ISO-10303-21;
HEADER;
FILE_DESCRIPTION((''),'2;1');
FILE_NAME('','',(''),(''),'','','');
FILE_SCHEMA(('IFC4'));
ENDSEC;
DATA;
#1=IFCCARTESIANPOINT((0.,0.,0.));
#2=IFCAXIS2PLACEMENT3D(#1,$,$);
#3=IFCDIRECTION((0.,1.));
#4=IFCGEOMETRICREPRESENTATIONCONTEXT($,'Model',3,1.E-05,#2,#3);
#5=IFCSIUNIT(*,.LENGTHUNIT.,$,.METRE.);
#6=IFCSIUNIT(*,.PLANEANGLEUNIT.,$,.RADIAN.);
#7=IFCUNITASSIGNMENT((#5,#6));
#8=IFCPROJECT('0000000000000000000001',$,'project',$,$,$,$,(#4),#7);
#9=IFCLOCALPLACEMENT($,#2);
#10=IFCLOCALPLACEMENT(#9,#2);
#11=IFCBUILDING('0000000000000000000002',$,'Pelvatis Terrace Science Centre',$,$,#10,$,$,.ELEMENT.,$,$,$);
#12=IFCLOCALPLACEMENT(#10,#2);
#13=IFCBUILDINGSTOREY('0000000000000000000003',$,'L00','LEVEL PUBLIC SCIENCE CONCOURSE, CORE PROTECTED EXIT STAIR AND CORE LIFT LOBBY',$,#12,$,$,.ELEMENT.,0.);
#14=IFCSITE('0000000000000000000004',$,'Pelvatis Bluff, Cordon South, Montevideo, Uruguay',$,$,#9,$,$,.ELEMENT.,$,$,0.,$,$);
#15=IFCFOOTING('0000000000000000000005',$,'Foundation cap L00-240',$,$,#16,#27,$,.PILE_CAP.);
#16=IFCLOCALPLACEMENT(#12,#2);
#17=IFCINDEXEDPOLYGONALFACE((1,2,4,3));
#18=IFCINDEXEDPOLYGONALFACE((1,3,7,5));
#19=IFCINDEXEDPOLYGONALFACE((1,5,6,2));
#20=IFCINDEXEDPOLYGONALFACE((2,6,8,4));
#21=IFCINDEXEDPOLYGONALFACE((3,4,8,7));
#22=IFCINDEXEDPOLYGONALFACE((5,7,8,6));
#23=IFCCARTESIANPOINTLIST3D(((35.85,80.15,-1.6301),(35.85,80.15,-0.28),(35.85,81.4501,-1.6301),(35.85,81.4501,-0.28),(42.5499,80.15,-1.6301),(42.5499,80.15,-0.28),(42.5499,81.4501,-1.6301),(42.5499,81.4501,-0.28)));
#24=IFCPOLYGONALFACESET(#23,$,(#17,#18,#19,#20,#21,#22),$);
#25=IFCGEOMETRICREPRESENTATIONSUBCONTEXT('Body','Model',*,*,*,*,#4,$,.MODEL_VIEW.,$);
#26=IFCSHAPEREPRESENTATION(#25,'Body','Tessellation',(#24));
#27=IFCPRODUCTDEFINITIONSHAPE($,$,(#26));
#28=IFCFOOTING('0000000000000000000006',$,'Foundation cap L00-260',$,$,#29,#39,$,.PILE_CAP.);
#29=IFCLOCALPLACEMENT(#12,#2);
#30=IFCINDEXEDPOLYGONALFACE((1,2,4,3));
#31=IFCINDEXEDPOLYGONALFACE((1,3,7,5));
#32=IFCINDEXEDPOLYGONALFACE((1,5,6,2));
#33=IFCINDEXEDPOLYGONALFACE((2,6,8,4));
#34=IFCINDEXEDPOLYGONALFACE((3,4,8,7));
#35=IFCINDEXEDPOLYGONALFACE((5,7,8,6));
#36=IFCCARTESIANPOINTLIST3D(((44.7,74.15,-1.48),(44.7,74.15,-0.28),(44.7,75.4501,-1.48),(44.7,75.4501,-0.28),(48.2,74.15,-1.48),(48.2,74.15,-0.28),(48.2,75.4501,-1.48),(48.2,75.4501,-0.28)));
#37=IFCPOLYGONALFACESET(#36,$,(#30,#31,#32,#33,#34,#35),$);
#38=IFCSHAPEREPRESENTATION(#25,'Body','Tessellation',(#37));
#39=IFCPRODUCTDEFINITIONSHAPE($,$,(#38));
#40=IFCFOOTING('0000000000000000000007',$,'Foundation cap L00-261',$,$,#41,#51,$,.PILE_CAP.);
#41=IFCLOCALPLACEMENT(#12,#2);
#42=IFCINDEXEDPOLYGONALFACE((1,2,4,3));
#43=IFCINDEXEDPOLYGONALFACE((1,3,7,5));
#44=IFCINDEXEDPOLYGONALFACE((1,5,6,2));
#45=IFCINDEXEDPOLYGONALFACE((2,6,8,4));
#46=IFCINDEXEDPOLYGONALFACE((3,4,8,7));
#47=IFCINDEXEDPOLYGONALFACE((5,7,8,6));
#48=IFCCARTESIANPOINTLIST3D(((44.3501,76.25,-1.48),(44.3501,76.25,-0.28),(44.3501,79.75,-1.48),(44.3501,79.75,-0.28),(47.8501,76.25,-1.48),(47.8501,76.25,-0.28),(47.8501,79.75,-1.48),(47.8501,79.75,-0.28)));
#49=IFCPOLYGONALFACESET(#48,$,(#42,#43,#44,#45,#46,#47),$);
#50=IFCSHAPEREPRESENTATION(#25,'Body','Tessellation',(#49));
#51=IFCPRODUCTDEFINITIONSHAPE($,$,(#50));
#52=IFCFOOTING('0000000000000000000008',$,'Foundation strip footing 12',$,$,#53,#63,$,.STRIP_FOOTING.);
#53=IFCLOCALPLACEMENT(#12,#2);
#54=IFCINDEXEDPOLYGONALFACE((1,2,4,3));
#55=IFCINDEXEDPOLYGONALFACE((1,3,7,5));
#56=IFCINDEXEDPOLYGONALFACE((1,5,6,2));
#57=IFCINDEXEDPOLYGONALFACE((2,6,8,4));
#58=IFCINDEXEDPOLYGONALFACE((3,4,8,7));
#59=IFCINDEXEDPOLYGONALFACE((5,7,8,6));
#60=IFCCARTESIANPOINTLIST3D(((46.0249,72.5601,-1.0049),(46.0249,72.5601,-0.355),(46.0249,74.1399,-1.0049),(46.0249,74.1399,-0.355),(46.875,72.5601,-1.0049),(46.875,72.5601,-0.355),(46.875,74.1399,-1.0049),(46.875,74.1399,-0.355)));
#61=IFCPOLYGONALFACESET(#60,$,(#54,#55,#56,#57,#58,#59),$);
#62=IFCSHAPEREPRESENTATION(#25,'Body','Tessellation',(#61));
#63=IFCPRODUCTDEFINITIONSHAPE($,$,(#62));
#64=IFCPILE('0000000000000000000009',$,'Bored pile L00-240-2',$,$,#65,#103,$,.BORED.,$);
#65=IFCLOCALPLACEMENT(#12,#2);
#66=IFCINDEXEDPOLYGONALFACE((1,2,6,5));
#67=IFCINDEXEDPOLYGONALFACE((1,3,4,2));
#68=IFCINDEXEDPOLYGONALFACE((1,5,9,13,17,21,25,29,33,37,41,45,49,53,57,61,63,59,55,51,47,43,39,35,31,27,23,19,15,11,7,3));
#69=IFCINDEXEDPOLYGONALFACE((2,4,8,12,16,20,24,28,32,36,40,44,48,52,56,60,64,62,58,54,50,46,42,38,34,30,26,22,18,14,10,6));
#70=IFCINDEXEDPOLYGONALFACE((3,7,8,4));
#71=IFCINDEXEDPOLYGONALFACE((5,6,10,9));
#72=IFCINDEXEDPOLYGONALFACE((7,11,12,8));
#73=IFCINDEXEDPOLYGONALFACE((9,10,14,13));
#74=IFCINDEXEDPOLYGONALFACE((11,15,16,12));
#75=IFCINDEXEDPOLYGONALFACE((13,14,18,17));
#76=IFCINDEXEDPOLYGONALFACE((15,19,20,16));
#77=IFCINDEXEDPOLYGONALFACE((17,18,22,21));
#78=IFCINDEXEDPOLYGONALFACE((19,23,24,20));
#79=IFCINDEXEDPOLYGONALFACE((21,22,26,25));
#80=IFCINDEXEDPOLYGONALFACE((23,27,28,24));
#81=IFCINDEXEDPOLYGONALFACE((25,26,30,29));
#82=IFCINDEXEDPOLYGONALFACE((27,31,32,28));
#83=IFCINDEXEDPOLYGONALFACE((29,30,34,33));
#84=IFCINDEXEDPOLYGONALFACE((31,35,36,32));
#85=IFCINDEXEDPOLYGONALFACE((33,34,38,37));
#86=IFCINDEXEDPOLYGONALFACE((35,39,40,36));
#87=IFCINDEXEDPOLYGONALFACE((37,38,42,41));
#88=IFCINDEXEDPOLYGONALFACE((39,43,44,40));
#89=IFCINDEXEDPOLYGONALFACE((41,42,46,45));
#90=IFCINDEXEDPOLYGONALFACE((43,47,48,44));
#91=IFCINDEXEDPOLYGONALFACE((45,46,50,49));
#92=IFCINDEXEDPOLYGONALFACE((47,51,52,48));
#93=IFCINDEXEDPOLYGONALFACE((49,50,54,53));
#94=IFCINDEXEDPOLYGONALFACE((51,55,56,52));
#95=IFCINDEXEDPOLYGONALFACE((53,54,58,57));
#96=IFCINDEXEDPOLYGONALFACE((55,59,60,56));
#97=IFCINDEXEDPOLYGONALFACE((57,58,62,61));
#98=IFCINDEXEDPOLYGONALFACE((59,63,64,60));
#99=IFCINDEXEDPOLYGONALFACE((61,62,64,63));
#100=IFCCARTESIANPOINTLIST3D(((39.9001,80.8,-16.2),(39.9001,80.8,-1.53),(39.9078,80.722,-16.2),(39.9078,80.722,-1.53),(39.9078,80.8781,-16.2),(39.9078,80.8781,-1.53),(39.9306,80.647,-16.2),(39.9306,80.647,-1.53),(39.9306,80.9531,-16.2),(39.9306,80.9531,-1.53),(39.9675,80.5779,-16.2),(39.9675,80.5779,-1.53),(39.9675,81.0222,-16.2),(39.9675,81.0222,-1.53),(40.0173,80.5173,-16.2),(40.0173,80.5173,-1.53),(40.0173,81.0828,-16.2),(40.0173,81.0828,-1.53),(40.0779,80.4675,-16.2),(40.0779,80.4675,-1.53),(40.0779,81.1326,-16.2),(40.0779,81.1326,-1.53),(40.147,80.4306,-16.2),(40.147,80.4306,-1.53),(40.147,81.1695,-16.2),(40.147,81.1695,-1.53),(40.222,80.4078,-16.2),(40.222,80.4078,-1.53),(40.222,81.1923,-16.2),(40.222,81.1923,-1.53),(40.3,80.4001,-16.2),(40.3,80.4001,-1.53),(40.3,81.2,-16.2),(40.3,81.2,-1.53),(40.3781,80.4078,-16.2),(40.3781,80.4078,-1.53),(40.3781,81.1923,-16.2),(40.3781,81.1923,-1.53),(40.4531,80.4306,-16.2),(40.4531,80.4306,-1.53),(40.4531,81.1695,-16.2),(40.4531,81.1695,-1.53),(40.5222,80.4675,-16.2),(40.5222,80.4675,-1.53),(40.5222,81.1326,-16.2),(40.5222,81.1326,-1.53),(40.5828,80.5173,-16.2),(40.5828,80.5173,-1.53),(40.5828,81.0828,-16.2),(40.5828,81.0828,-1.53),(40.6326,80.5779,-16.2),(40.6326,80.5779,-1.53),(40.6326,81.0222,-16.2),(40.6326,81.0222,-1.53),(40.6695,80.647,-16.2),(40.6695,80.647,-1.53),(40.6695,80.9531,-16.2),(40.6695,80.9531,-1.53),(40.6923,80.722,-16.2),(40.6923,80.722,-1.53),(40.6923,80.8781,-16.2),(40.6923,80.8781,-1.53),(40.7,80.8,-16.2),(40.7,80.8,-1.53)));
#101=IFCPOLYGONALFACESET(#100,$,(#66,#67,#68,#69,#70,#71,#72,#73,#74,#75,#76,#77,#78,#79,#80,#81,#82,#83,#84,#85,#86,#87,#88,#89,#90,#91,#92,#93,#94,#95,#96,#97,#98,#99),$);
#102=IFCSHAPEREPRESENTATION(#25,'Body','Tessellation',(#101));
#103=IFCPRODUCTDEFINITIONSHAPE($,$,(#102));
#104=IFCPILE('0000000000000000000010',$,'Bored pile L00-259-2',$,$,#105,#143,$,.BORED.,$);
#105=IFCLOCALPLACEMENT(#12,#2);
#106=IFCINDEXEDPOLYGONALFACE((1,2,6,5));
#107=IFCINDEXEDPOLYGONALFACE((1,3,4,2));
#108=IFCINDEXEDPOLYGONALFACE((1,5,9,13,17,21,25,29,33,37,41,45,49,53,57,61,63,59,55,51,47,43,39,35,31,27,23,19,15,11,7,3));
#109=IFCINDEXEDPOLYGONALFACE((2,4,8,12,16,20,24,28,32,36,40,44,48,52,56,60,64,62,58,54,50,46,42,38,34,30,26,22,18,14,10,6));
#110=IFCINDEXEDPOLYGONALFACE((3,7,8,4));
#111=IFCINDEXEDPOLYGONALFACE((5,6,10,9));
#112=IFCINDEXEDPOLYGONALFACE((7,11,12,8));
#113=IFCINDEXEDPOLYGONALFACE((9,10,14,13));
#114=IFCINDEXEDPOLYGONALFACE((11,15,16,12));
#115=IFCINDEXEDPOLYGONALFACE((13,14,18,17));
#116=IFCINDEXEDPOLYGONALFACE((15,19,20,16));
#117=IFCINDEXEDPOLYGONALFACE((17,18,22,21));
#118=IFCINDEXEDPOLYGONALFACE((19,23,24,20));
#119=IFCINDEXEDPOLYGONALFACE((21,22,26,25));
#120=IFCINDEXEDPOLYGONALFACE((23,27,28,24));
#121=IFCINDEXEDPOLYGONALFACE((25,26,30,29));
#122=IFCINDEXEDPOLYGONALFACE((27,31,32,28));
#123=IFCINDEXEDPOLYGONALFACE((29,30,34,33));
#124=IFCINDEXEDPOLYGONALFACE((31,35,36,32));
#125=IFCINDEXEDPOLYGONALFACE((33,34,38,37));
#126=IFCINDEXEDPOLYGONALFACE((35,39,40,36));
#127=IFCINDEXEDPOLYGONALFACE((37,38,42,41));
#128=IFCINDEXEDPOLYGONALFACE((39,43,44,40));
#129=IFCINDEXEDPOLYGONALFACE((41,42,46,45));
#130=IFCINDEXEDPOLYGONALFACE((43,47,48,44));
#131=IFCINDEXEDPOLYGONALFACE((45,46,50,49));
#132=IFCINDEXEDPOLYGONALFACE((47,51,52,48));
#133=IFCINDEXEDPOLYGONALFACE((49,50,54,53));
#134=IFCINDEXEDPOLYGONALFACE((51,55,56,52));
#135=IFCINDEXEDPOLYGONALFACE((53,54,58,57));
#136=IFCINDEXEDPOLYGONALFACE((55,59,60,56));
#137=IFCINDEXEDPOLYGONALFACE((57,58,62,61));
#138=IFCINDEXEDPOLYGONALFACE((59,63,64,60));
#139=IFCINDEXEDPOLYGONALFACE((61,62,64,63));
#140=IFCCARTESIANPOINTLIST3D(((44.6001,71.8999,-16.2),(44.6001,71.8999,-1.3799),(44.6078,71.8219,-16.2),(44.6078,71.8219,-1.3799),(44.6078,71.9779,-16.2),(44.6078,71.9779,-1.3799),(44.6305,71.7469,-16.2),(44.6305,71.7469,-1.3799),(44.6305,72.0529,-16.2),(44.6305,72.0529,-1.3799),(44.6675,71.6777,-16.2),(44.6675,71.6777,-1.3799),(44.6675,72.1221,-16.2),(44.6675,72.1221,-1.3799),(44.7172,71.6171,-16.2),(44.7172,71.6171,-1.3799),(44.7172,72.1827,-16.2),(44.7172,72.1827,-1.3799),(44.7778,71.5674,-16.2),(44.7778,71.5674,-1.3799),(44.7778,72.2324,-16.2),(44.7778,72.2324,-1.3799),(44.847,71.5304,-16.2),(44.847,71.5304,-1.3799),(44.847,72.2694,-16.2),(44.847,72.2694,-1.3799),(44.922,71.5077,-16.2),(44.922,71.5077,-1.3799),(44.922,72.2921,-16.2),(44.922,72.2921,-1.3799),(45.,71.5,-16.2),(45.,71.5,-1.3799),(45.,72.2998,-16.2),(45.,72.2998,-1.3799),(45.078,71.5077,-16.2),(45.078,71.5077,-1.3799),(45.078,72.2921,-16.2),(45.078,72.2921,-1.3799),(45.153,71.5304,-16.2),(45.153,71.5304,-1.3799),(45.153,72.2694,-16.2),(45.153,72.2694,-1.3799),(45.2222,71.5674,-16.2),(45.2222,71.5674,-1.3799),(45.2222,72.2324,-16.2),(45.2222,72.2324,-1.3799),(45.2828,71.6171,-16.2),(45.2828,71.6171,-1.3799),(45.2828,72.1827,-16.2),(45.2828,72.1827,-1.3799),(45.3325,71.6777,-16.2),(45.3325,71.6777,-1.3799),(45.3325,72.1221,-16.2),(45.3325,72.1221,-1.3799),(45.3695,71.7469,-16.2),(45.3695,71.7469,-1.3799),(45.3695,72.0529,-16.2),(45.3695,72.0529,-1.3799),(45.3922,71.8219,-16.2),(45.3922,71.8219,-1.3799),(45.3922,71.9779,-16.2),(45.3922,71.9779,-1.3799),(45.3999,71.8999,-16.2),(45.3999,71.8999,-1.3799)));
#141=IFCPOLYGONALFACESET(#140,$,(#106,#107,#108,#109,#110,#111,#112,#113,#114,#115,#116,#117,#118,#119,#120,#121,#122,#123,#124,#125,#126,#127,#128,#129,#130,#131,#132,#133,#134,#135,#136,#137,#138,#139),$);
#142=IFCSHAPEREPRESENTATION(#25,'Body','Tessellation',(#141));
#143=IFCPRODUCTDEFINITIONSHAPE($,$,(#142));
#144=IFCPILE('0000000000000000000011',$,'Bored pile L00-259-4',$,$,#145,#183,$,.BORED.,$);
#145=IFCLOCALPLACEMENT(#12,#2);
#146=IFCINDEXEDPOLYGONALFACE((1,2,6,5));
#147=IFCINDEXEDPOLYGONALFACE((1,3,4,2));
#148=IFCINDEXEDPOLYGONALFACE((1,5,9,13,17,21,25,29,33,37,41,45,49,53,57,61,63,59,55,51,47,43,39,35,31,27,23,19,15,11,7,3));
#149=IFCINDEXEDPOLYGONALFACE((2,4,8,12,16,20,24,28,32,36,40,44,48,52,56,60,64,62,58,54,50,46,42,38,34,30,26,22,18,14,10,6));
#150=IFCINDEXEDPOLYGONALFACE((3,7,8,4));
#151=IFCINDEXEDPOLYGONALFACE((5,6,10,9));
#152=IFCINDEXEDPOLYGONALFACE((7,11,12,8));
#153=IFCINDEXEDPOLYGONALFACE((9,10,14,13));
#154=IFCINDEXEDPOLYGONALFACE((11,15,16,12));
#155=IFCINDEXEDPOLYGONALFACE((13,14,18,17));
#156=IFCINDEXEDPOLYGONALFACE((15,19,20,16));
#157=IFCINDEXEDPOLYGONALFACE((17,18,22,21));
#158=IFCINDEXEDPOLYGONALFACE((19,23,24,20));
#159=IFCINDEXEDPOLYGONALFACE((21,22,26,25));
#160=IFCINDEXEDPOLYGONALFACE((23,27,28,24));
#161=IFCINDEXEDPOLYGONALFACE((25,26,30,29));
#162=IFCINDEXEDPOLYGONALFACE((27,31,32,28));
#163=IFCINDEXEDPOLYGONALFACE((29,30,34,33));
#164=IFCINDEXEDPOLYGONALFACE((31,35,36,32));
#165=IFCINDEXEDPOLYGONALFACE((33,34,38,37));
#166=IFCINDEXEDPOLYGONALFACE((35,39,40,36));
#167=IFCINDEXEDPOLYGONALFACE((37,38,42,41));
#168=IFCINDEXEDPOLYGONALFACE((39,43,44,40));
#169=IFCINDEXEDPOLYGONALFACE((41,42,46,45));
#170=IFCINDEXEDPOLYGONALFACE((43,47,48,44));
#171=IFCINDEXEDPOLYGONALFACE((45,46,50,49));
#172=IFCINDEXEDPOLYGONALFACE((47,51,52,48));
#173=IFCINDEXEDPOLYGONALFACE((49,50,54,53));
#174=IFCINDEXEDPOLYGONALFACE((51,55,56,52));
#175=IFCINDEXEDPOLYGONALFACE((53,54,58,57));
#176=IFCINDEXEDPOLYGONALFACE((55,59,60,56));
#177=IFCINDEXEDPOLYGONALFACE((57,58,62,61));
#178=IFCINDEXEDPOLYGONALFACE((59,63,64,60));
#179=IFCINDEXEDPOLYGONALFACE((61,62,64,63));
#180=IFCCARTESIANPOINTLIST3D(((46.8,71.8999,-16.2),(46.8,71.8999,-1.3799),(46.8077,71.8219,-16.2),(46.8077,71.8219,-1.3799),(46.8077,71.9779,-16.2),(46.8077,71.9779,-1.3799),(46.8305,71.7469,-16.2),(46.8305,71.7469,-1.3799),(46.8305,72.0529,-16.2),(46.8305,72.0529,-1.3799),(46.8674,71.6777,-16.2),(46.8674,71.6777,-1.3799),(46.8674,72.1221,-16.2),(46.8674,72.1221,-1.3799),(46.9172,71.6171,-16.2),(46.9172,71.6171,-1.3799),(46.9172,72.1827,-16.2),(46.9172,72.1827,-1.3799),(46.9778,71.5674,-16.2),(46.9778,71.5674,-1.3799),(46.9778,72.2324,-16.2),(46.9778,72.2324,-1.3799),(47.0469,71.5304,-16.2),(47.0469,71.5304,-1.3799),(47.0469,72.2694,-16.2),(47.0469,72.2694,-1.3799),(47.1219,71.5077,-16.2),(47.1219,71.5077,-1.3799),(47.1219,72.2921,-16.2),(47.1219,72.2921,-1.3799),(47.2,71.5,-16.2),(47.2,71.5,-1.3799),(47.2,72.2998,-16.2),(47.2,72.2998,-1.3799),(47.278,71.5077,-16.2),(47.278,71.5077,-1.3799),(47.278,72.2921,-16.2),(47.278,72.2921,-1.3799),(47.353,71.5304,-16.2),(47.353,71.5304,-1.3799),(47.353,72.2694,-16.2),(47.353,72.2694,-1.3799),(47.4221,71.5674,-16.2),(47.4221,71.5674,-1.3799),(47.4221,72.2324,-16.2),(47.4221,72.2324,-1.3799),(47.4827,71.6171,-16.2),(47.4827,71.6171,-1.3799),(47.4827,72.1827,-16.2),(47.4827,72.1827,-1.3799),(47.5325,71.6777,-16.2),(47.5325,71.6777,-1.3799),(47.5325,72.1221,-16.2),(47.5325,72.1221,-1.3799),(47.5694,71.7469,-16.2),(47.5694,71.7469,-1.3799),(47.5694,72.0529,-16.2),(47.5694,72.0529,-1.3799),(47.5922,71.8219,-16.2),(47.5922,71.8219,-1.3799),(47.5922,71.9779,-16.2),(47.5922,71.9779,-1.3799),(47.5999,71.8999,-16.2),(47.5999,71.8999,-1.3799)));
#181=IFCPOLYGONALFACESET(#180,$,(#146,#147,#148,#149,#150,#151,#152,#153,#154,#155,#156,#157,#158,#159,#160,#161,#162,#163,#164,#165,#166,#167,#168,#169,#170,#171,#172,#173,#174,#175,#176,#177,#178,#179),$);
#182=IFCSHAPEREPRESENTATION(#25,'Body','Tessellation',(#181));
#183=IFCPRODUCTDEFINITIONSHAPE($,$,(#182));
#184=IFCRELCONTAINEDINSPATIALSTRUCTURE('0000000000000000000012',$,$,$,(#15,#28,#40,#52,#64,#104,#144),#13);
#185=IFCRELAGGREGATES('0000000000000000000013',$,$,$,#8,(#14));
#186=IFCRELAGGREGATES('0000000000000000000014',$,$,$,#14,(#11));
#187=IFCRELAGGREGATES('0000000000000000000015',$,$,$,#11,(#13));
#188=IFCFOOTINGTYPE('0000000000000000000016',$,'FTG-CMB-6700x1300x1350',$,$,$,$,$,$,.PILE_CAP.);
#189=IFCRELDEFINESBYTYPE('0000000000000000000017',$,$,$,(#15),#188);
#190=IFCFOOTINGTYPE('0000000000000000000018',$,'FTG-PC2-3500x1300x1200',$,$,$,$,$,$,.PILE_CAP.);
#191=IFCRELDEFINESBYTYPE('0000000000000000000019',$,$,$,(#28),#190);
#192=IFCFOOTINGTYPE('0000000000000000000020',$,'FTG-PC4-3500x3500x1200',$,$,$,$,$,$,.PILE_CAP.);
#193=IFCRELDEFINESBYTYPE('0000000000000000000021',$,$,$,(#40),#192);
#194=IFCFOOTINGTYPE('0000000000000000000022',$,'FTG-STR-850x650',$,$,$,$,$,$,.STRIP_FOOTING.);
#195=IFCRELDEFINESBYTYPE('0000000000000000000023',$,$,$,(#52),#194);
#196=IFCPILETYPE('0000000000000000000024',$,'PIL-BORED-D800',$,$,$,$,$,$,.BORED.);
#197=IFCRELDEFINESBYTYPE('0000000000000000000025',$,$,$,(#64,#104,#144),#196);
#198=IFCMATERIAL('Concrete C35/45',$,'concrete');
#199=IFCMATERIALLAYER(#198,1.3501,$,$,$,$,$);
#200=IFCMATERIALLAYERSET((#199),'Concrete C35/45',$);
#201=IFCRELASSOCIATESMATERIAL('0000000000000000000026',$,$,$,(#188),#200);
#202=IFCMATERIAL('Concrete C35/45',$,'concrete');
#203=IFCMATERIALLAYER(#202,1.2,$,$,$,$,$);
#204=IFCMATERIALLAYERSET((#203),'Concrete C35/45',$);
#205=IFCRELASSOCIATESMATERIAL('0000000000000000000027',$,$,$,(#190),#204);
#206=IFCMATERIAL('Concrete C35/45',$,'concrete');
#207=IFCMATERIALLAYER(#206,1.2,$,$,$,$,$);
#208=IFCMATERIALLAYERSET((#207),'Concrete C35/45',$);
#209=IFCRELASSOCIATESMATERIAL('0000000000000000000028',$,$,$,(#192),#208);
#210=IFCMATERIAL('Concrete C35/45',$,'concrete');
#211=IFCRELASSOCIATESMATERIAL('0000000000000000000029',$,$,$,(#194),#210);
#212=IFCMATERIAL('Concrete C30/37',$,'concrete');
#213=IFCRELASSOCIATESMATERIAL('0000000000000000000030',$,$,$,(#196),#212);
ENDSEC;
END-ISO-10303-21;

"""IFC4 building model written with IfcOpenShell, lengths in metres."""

from ifc_helpers import new_model, si_unit, direction, frame, origin, origin_2d, place, context, subcontext, project, spatial, rectangle, circle, extrude, material, layer, layer_set, material_profile, profile_set, type_object, element, save


model = new_model("IFC4")

# Units and contexts
model_context = context("Model", 3, precision=1e-05, world=origin(), true_north=direction((0.0, 1.0)))
body_context = subcontext(model_context, "Body", "Model", "MODEL_VIEW")
ifc_project = project(units=[si_unit("LENGTHUNIT", "METRE"), si_unit("PLANEANGLEUNIT", "RADIAN")], contexts=[model_context])

# Site, building, storey
site_placement = place(None, origin())
site = spatial("IfcSite", under=ifc_project, at=site_placement, Name="Pelvatis Bluff, Cordon South, Montevideo, Uruguay", CompositionType="ELEMENT", RefElevation=0.0)
building_placement = place(site_placement, origin())
building = spatial("IfcBuilding", under=site, at=building_placement, Name="Pelvatis Terrace Science Centre", CompositionType="ELEMENT")
storey_placement = place(building_placement, origin())
storey = spatial("IfcBuildingStorey", under=building, at=storey_placement, Name="L00", Description="LEVEL PUBLIC SCIENCE CONCOURSE, CORE PROTECTED EXIT STAIR AND CORE LIFT LOBBY", CompositionType="ELEMENT", Elevation=0.0)

# Footings
ifc_material_1 = material(Name="Concrete C35/45", Category="concrete")
ifc_layer_1 = layer(ifc_material_1, 1.3501)
ifc_layer_set_1 = layer_set([ifc_layer_1], Name="Concrete C35/45")
footing_type_1 = type_object("IfcFootingType", Name="FTG-CMB-6700x1300x1350", PredefinedType="PILE_CAP", material=ifc_layer_set_1)
footing_1_placement = place(storey_placement, frame((39.2, 80.8, -1.6301), z_axis=(0.0, 0.0, 1.0), x_axis=(1.0, 0.0, 0.0)))
element("IfcFooting", 1, at=footing_1_placement, inside=storey, type_object=footing_type_1, Name="Foundation cap L00-240", PredefinedType="PILE_CAP", context=body_context, shape_type="SweptSolid", body=[
    extrude(rectangle(XDim=6.7, YDim=1.3, at=origin_2d()), origin(), (0.0, 0.0, 1.0), 1.3501),
])
ifc_material_2 = material(Name="Concrete C35/45", Category="concrete")
ifc_layer_2 = layer(ifc_material_2, 1.2)
ifc_layer_set_2 = layer_set([ifc_layer_2], Name="Concrete C35/45")
footing_type_2 = type_object("IfcFootingType", Name="FTG-PC2-3500x1300x1200", PredefinedType="PILE_CAP", material=ifc_layer_set_2)
footing_2_placement = place(storey_placement, frame((46.45, 74.8, -1.48), z_axis=(0.0, 0.0, 1.0), x_axis=(1.0, 0.0, 0.0)))
element("IfcFooting", 2, at=footing_2_placement, inside=storey, type_object=footing_type_2, Name="Foundation cap L00-260", PredefinedType="PILE_CAP", context=body_context, shape_type="SweptSolid", body=[
    extrude(rectangle(XDim=3.5, YDim=1.3, at=origin_2d()), origin(), (0.0, 0.0, 1.0), 1.2),
])
ifc_material_3 = material(Name="Concrete C35/45", Category="concrete")
ifc_layer_3 = layer(ifc_material_3, 1.2)
ifc_layer_set_3 = layer_set([ifc_layer_3], Name="Concrete C35/45")
footing_type_3 = type_object("IfcFootingType", Name="FTG-PC4-3500x3500x1200", PredefinedType="PILE_CAP", material=ifc_layer_set_3)
footing_3_placement = place(storey_placement, frame((46.1001, 78.0, -1.48), z_axis=(0.0, 0.0, 1.0), x_axis=(1.0, 0.0, 0.0)))
element("IfcFooting", 3, at=footing_3_placement, inside=storey, type_object=footing_type_3, Name="Foundation cap L00-261", PredefinedType="PILE_CAP", context=body_context, shape_type="SweptSolid", body=[
    extrude(rectangle(XDim=3.5, YDim=3.5, at=origin_2d()), origin(), (0.0, 0.0, 1.0), 1.2),
])
ifc_material_4 = material(Name="Concrete C35/45", Category="concrete")
ifc_material_profile_1 = material_profile(ifc_material_4, rectangle(XDim=0.8501, YDim=0.6499, at=origin_2d()), Name="RC-STR 850x650")
ifc_profile_set_1 = profile_set([ifc_material_profile_1], Name="Concrete C35/45")
footing_type_4 = type_object("IfcFootingType", Name="FTG-STR-850x650", PredefinedType="STRIP_FOOTING", material=ifc_profile_set_1)
footing_4_placement = place(storey_placement, frame((46.45, 72.5601, -0.6799), z_axis=(0.0, 1.0, 0.0), x_axis=(-1.0, 0.0, 0.0)))
element("IfcFooting", 4, at=footing_4_placement, inside=storey, type_object=footing_type_4, Name="Foundation strip footing 12", PredefinedType="STRIP_FOOTING", context=body_context, shape_type="SweptSolid", body=[
    extrude(rectangle(XDim=0.8501, YDim=0.6499, at=origin_2d()), origin(), (0.0, 0.0, 1.0), 1.5798),
])

# Piles
ifc_material_5 = material(Name="Concrete C30/37", Category="concrete")
ifc_material_profile_2 = material_profile(ifc_material_5, circle(Radius=0.3999, at=origin_2d()), Name="PILE D800")
ifc_profile_set_2 = profile_set([ifc_material_profile_2], Name="Concrete C30/37")
pile_type = type_object("IfcPileType", Name="PIL-BORED-D800", PredefinedType="BORED", material=ifc_profile_set_2)
pile_placement = place(storey_placement, frame((40.3, 80.8, -1.53), z_axis=(0.0, 0.0, -1.0), x_axis=(1.0, 0.0, 0.0)))
element("IfcPile", 5, at=pile_placement, inside=storey, type_object=pile_type, Name="Bored pile L00-240-2", PredefinedType="BORED", context=body_context, shape_type="SweptSolid", body=[
    extrude(circle(Radius=0.3999, at=origin_2d()), origin(), (0.0, 0.0, 1.0), 14.6699),
])
for number, where, z_axis, x_axis, name in (
    (6, (45.0, 71.8999, -1.3799), (0.0, 0.0, -1.0), (1.0, 0.0, 0.0), "Bored pile L00-259-2"),
    (7, (47.2, 71.8999, -1.3799), (0.0, 0.0, -1.0), (1.0, 0.0, 0.0), "Bored pile L00-259-4"),
):
    element("IfcPile", number, at=place(storey_placement, frame(where, z_axis=z_axis, x_axis=x_axis)), inside=storey, type_object=pile_type, Name=name, PredefinedType="BORED", context=body_context, shape_type="SweptSolid", body=[
        extrude(circle(Radius=0.3999, at=origin_2d()), origin(), (0.0, 0.0, 1.0), 14.8201),
    ])

save(model, "model.ifc")
